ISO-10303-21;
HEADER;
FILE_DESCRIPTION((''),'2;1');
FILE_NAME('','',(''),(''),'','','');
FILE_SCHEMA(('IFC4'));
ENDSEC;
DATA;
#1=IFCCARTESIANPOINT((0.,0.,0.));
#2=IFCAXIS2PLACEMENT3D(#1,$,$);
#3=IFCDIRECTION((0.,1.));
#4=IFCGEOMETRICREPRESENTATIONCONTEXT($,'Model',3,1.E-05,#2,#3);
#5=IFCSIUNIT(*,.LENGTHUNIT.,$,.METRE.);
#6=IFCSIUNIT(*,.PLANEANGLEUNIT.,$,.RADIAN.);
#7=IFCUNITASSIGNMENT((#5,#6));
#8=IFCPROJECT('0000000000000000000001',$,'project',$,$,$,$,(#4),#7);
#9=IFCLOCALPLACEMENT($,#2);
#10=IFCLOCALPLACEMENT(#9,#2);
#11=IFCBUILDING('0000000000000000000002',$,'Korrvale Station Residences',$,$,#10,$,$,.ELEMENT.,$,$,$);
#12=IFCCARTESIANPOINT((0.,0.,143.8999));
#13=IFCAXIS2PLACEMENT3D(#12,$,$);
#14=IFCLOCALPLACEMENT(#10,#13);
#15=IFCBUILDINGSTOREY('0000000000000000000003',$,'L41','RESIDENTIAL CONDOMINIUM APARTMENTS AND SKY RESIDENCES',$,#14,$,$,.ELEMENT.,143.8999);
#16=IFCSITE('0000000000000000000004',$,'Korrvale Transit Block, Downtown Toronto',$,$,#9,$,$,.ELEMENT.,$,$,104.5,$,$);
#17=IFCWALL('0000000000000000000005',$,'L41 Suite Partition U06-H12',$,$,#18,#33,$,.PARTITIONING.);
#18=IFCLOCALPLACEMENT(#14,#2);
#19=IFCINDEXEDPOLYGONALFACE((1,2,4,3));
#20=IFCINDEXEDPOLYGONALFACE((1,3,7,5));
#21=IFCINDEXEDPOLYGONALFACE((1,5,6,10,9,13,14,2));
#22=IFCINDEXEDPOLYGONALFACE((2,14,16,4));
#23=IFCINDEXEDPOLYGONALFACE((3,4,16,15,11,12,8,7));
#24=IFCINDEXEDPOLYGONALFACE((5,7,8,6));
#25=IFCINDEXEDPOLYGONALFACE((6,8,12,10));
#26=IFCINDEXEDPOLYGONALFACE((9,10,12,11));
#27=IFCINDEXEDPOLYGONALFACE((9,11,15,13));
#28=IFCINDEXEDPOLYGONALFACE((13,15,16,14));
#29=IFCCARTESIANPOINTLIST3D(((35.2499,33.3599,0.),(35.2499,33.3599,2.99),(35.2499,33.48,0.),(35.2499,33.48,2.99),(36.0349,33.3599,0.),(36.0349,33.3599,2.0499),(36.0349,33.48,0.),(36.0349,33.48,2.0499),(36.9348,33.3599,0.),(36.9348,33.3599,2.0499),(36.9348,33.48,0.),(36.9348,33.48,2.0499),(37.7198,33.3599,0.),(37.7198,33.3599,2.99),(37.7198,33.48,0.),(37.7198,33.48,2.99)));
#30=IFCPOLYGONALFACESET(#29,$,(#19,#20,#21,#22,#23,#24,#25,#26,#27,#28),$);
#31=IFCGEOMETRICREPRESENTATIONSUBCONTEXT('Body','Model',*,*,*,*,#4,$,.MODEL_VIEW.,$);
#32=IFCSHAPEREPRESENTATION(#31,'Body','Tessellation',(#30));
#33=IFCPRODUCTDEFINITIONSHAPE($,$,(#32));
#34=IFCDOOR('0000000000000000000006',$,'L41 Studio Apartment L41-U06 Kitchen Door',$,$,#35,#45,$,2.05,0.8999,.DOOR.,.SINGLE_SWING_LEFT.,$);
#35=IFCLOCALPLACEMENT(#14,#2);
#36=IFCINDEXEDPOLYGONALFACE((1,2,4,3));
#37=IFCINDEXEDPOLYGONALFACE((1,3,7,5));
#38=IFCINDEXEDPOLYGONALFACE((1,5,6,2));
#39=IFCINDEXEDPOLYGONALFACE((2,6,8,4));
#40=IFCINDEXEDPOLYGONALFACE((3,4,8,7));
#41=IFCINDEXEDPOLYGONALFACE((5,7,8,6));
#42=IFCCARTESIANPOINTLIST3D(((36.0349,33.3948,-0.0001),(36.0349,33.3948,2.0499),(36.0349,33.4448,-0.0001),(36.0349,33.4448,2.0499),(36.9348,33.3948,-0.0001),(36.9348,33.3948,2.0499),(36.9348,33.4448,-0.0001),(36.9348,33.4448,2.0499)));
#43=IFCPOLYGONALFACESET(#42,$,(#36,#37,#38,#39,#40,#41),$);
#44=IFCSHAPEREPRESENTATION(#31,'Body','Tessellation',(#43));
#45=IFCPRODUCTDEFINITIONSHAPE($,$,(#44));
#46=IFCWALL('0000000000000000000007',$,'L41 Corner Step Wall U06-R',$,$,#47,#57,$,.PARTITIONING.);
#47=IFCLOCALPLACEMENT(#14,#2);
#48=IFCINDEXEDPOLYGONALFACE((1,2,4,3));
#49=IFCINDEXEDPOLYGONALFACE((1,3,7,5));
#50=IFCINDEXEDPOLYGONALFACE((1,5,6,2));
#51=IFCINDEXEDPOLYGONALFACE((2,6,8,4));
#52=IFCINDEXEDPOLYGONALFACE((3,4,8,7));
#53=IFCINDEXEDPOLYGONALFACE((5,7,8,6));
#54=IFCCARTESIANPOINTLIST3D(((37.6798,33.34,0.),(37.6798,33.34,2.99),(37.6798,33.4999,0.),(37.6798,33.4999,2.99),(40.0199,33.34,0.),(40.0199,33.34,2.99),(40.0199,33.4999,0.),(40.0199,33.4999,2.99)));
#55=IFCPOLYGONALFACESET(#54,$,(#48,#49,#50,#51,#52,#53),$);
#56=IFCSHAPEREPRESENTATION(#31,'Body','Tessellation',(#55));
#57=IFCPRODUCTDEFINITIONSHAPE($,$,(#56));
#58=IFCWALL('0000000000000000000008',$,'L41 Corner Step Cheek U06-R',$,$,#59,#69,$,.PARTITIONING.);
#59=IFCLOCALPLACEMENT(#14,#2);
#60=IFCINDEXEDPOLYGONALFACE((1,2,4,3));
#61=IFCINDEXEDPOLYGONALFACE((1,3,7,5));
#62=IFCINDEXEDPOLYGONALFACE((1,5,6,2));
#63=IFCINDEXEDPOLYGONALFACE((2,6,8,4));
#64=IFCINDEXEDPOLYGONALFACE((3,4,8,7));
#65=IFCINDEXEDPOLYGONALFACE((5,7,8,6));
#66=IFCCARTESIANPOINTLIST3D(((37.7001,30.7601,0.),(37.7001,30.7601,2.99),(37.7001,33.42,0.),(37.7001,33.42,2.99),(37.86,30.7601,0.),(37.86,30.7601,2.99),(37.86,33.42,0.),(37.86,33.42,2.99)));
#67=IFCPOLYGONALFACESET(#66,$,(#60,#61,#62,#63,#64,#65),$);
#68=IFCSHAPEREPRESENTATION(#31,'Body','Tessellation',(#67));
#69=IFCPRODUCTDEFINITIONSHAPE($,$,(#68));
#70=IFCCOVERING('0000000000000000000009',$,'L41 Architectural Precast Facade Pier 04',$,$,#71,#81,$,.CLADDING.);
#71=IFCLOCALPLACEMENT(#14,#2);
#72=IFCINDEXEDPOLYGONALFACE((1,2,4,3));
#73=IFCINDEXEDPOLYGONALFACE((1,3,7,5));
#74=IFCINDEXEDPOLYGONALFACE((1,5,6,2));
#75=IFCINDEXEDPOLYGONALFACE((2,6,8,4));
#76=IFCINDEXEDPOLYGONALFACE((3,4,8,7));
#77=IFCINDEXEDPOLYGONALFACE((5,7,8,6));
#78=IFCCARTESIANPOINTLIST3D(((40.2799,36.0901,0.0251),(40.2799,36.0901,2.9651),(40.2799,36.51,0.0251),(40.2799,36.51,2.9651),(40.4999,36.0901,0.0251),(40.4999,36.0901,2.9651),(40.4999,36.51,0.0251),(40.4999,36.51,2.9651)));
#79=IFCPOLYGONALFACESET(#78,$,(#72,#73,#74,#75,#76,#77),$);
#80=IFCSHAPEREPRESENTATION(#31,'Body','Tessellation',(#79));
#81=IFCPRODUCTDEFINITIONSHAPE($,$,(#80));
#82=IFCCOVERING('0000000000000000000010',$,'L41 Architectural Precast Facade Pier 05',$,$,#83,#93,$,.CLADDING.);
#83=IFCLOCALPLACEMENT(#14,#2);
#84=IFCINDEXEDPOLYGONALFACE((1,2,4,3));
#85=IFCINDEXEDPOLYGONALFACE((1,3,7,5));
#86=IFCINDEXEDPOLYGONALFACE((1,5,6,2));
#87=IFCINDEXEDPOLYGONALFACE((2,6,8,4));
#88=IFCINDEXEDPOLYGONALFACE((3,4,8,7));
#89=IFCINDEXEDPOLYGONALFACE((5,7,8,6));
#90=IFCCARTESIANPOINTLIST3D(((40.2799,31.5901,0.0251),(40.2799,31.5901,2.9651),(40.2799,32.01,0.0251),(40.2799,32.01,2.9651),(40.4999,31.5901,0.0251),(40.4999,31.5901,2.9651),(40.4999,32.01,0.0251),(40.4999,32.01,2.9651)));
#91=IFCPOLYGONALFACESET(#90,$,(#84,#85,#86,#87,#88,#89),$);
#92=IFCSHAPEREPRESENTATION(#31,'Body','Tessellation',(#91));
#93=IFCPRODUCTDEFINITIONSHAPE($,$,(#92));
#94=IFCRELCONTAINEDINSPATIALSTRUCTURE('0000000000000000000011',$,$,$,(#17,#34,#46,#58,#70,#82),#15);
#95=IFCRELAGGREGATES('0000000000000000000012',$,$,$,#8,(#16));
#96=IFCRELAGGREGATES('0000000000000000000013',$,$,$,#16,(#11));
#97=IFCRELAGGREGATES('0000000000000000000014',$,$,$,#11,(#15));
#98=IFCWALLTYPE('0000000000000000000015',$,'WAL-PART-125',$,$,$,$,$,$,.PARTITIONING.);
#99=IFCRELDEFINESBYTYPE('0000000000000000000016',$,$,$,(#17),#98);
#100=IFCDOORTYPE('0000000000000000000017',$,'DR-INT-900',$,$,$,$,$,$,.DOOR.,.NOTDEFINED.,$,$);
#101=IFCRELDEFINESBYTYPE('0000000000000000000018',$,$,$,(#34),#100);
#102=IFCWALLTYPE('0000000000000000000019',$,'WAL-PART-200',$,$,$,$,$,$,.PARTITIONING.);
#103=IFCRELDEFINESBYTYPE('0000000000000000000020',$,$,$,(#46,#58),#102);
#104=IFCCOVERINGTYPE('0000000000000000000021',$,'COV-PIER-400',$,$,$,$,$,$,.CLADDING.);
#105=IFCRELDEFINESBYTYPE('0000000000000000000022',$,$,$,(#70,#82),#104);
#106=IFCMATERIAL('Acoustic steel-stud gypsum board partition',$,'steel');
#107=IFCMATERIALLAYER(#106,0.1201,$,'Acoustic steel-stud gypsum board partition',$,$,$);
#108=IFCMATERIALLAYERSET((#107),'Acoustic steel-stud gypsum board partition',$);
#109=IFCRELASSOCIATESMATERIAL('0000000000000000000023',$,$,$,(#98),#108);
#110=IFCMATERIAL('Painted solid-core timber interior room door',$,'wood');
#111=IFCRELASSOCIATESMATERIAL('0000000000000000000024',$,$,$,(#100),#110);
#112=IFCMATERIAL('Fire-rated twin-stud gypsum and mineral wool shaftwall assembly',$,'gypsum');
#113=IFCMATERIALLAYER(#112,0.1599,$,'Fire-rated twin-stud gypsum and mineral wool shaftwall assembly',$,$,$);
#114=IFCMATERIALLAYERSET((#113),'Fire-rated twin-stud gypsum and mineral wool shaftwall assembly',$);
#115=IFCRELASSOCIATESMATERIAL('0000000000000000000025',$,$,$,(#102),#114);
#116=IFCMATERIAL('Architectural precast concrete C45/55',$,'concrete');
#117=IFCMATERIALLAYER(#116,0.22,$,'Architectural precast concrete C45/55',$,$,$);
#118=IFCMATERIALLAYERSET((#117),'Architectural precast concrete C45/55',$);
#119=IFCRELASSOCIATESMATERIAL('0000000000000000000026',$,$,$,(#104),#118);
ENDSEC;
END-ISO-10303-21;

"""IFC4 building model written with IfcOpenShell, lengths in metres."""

from ifc_helpers import new_model, si_unit, direction, frame, frame_2d, origin, origin_2d, place, context, subcontext, project, spatial, rectangle, extrude, material, layer, layer_set, type_object, element, fill, save


model = new_model("IFC4")

# Units and contexts
model_context = context("Model", 3, precision=1e-05, world=origin(), true_north=direction((0.0, 1.0)))
body_context = subcontext(model_context, "Body", "Model", "MODEL_VIEW")
ifc_project = project(units=[si_unit("LENGTHUNIT", "METRE"), si_unit("PLANEANGLEUNIT", "RADIAN")], contexts=[model_context])

# Site, building, storey
site_placement = place(None, origin())
site = spatial("IfcSite", under=ifc_project, at=site_placement, Name="Korrvale Transit Block, Downtown Toronto", CompositionType="ELEMENT", RefElevation=104.5)
building_placement = place(site_placement, origin())
building = spatial("IfcBuilding", under=site, at=building_placement, Name="Korrvale Station Residences", CompositionType="ELEMENT")
storey_placement = place(building_placement, frame((0.0, 0.0, 143.8999)))
storey = spatial("IfcBuildingStorey", under=building, at=storey_placement, Name="L41", Description="RESIDENTIAL CONDOMINIUM APARTMENTS AND SKY RESIDENCES", CompositionType="ELEMENT", Elevation=143.8999)

# Wall, opening, door
ifc_material_1 = material(Name="Acoustic steel-stud gypsum board partition", Category="steel")
ifc_layer_1 = layer(ifc_material_1, 0.1201, Name="Acoustic steel-stud gypsum board partition")
ifc_layer_set_1 = layer_set([ifc_layer_1], Name="Acoustic steel-stud gypsum board partition")
wall_type_1 = type_object("IfcWallType", Name="WAL-PART-125", PredefinedType="PARTITIONING", material=ifc_layer_set_1)
wall_1_placement = place(storey_placement, frame((35.25, 33.4199, 0.0), z_axis=(0.0, 0.0, 1.0), x_axis=(1.0, 0.0, 0.0)))
wall_1 = element("IfcWall", 1, at=wall_1_placement, inside=storey, type_object=wall_type_1, Name="L41 Suite Partition U06-H12", PredefinedType="PARTITIONING", context=body_context, shape_type="SweptSolid", body=[
    extrude(rectangle(XDim=2.47, YDim=0.1201, at=frame_2d((1.2349, 0.0))), origin(), (0.0, 0.0, 1.0), 2.99),
])
opening_1_placement = place(wall_1_placement, frame((0.7849, 0.0, 0.0)))
opening_1 = element("IfcOpeningElement", 2, at=opening_1_placement, cuts=wall_1, PredefinedType="OPENING", context=body_context, shape_type="SweptSolid", body=[
    extrude(rectangle(XDim=0.8999, YDim=2.05, at=frame_2d((0.45, 1.0249))), frame((0.0, 0.0701, 0.0), z_axis=(0.0, -1.0, 0.0), x_axis=(1.0, 0.0, 0.0)), (0.0, 0.0, 1.0), 0.1401),
])
ifc_material_2 = material(Name="Painted solid-core timber interior room door", Category="wood")
door_type_1 = type_object("IfcDoorType", Name="DR-INT-900", OperationType="NOTDEFINED", PredefinedType="DOOR", material=ifc_material_2)
door_1_placement = place(opening_1_placement, origin())
door_1 = element("IfcDoor", 3, at=door_1_placement, inside=storey, type_object=door_type_1, Name="L41 Studio Apartment L41-U06 Kitchen Door", OperationType="SINGLE_SWING_LEFT", OverallHeight=2.05, OverallWidth=0.8999, PredefinedType="DOOR", context=body_context, shape_type="SweptSolid", body=[
    extrude(rectangle(XDim=0.8999, YDim=2.05, at=frame_2d((0.45, 1.0249))), frame((0.0, 0.0249, 0.0), z_axis=(0.0, -1.0, 0.0), x_axis=(1.0, 0.0, 0.0)), (0.0, 0.0, 1.0), 0.05),
])
fill(opening_1, door_1)

# Walls
ifc_material_3 = material(Name="Fire-rated twin-stud gypsum and mineral wool shaftwall assembly", Category="gypsum")
ifc_layer_2 = layer(ifc_material_3, 0.1599, Name="Fire-rated twin-stud gypsum and mineral wool shaftwall assembly")
ifc_layer_set_2 = layer_set([ifc_layer_2], Name="Fire-rated twin-stud gypsum and mineral wool shaftwall assembly")
wall_type_2 = type_object("IfcWallType", Name="WAL-PART-200", PredefinedType="PARTITIONING", material=ifc_layer_set_2)
wall_2_placement = place(storey_placement, frame((37.6799, 33.4199, 0.0), z_axis=(0.0, 0.0, 1.0), x_axis=(1.0, 0.0, 0.0)))
element("IfcWall", 4, at=wall_2_placement, inside=storey, type_object=wall_type_2, Name="L41 Corner Step Wall U06-R", PredefinedType="PARTITIONING", context=body_context, shape_type="SweptSolid", body=[
    extrude(rectangle(XDim=2.3401, YDim=0.1599, at=frame_2d((1.1699, 0.0))), origin(), (0.0, 0.0, 1.0), 2.99),
])
wall_3_placement = place(storey_placement, frame((37.78, 30.76, 0.0), z_axis=(0.0, 0.0, 1.0), x_axis=(0.0, 1.0, 0.0)))
element("IfcWall", 5, at=wall_3_placement, inside=storey, type_object=wall_type_2, Name="L41 Corner Step Cheek U06-R", PredefinedType="PARTITIONING", context=body_context, shape_type="SweptSolid", body=[
    extrude(rectangle(XDim=2.6599, YDim=0.1599, at=frame_2d((1.3301, 0.0))), origin(), (0.0, 0.0, 1.0), 2.99),
])

# Coverings
ifc_material_4 = material(Name="Architectural precast concrete C45/55", Category="concrete")
ifc_layer_3 = layer(ifc_material_4, 0.22, Name="Architectural precast concrete C45/55")
ifc_layer_set_3 = layer_set([ifc_layer_3], Name="Architectural precast concrete C45/55")
covering_type = type_object("IfcCoveringType", Name="COV-PIER-400", PredefinedType="CLADDING", material=ifc_layer_set_3)
for number, where, z_axis, x_axis, name in (
    (6, (40.3899, 36.3, 0.0251), (0.0, 0.0, 1.0), (0.0, 1.0, 0.0), "L41 Architectural Precast Facade Pier 04"),
    (7, (40.3899, 31.8, 0.0251), (0.0, 0.0, 1.0), (0.0, 1.0, 0.0), "L41 Architectural Precast Facade Pier 05"),
):
    element("IfcCovering", number, at=place(storey_placement, frame(where, z_axis=z_axis, x_axis=x_axis)), inside=storey, type_object=covering_type, Name=name, PredefinedType="CLADDING", context=body_context, shape_type="SweptSolid", body=[
        extrude(rectangle(XDim=0.4199, YDim=0.22, at=origin_2d()), origin(), (0.0, 0.0, 1.0), 2.9399),
    ])

save(model, "model.ifc")
